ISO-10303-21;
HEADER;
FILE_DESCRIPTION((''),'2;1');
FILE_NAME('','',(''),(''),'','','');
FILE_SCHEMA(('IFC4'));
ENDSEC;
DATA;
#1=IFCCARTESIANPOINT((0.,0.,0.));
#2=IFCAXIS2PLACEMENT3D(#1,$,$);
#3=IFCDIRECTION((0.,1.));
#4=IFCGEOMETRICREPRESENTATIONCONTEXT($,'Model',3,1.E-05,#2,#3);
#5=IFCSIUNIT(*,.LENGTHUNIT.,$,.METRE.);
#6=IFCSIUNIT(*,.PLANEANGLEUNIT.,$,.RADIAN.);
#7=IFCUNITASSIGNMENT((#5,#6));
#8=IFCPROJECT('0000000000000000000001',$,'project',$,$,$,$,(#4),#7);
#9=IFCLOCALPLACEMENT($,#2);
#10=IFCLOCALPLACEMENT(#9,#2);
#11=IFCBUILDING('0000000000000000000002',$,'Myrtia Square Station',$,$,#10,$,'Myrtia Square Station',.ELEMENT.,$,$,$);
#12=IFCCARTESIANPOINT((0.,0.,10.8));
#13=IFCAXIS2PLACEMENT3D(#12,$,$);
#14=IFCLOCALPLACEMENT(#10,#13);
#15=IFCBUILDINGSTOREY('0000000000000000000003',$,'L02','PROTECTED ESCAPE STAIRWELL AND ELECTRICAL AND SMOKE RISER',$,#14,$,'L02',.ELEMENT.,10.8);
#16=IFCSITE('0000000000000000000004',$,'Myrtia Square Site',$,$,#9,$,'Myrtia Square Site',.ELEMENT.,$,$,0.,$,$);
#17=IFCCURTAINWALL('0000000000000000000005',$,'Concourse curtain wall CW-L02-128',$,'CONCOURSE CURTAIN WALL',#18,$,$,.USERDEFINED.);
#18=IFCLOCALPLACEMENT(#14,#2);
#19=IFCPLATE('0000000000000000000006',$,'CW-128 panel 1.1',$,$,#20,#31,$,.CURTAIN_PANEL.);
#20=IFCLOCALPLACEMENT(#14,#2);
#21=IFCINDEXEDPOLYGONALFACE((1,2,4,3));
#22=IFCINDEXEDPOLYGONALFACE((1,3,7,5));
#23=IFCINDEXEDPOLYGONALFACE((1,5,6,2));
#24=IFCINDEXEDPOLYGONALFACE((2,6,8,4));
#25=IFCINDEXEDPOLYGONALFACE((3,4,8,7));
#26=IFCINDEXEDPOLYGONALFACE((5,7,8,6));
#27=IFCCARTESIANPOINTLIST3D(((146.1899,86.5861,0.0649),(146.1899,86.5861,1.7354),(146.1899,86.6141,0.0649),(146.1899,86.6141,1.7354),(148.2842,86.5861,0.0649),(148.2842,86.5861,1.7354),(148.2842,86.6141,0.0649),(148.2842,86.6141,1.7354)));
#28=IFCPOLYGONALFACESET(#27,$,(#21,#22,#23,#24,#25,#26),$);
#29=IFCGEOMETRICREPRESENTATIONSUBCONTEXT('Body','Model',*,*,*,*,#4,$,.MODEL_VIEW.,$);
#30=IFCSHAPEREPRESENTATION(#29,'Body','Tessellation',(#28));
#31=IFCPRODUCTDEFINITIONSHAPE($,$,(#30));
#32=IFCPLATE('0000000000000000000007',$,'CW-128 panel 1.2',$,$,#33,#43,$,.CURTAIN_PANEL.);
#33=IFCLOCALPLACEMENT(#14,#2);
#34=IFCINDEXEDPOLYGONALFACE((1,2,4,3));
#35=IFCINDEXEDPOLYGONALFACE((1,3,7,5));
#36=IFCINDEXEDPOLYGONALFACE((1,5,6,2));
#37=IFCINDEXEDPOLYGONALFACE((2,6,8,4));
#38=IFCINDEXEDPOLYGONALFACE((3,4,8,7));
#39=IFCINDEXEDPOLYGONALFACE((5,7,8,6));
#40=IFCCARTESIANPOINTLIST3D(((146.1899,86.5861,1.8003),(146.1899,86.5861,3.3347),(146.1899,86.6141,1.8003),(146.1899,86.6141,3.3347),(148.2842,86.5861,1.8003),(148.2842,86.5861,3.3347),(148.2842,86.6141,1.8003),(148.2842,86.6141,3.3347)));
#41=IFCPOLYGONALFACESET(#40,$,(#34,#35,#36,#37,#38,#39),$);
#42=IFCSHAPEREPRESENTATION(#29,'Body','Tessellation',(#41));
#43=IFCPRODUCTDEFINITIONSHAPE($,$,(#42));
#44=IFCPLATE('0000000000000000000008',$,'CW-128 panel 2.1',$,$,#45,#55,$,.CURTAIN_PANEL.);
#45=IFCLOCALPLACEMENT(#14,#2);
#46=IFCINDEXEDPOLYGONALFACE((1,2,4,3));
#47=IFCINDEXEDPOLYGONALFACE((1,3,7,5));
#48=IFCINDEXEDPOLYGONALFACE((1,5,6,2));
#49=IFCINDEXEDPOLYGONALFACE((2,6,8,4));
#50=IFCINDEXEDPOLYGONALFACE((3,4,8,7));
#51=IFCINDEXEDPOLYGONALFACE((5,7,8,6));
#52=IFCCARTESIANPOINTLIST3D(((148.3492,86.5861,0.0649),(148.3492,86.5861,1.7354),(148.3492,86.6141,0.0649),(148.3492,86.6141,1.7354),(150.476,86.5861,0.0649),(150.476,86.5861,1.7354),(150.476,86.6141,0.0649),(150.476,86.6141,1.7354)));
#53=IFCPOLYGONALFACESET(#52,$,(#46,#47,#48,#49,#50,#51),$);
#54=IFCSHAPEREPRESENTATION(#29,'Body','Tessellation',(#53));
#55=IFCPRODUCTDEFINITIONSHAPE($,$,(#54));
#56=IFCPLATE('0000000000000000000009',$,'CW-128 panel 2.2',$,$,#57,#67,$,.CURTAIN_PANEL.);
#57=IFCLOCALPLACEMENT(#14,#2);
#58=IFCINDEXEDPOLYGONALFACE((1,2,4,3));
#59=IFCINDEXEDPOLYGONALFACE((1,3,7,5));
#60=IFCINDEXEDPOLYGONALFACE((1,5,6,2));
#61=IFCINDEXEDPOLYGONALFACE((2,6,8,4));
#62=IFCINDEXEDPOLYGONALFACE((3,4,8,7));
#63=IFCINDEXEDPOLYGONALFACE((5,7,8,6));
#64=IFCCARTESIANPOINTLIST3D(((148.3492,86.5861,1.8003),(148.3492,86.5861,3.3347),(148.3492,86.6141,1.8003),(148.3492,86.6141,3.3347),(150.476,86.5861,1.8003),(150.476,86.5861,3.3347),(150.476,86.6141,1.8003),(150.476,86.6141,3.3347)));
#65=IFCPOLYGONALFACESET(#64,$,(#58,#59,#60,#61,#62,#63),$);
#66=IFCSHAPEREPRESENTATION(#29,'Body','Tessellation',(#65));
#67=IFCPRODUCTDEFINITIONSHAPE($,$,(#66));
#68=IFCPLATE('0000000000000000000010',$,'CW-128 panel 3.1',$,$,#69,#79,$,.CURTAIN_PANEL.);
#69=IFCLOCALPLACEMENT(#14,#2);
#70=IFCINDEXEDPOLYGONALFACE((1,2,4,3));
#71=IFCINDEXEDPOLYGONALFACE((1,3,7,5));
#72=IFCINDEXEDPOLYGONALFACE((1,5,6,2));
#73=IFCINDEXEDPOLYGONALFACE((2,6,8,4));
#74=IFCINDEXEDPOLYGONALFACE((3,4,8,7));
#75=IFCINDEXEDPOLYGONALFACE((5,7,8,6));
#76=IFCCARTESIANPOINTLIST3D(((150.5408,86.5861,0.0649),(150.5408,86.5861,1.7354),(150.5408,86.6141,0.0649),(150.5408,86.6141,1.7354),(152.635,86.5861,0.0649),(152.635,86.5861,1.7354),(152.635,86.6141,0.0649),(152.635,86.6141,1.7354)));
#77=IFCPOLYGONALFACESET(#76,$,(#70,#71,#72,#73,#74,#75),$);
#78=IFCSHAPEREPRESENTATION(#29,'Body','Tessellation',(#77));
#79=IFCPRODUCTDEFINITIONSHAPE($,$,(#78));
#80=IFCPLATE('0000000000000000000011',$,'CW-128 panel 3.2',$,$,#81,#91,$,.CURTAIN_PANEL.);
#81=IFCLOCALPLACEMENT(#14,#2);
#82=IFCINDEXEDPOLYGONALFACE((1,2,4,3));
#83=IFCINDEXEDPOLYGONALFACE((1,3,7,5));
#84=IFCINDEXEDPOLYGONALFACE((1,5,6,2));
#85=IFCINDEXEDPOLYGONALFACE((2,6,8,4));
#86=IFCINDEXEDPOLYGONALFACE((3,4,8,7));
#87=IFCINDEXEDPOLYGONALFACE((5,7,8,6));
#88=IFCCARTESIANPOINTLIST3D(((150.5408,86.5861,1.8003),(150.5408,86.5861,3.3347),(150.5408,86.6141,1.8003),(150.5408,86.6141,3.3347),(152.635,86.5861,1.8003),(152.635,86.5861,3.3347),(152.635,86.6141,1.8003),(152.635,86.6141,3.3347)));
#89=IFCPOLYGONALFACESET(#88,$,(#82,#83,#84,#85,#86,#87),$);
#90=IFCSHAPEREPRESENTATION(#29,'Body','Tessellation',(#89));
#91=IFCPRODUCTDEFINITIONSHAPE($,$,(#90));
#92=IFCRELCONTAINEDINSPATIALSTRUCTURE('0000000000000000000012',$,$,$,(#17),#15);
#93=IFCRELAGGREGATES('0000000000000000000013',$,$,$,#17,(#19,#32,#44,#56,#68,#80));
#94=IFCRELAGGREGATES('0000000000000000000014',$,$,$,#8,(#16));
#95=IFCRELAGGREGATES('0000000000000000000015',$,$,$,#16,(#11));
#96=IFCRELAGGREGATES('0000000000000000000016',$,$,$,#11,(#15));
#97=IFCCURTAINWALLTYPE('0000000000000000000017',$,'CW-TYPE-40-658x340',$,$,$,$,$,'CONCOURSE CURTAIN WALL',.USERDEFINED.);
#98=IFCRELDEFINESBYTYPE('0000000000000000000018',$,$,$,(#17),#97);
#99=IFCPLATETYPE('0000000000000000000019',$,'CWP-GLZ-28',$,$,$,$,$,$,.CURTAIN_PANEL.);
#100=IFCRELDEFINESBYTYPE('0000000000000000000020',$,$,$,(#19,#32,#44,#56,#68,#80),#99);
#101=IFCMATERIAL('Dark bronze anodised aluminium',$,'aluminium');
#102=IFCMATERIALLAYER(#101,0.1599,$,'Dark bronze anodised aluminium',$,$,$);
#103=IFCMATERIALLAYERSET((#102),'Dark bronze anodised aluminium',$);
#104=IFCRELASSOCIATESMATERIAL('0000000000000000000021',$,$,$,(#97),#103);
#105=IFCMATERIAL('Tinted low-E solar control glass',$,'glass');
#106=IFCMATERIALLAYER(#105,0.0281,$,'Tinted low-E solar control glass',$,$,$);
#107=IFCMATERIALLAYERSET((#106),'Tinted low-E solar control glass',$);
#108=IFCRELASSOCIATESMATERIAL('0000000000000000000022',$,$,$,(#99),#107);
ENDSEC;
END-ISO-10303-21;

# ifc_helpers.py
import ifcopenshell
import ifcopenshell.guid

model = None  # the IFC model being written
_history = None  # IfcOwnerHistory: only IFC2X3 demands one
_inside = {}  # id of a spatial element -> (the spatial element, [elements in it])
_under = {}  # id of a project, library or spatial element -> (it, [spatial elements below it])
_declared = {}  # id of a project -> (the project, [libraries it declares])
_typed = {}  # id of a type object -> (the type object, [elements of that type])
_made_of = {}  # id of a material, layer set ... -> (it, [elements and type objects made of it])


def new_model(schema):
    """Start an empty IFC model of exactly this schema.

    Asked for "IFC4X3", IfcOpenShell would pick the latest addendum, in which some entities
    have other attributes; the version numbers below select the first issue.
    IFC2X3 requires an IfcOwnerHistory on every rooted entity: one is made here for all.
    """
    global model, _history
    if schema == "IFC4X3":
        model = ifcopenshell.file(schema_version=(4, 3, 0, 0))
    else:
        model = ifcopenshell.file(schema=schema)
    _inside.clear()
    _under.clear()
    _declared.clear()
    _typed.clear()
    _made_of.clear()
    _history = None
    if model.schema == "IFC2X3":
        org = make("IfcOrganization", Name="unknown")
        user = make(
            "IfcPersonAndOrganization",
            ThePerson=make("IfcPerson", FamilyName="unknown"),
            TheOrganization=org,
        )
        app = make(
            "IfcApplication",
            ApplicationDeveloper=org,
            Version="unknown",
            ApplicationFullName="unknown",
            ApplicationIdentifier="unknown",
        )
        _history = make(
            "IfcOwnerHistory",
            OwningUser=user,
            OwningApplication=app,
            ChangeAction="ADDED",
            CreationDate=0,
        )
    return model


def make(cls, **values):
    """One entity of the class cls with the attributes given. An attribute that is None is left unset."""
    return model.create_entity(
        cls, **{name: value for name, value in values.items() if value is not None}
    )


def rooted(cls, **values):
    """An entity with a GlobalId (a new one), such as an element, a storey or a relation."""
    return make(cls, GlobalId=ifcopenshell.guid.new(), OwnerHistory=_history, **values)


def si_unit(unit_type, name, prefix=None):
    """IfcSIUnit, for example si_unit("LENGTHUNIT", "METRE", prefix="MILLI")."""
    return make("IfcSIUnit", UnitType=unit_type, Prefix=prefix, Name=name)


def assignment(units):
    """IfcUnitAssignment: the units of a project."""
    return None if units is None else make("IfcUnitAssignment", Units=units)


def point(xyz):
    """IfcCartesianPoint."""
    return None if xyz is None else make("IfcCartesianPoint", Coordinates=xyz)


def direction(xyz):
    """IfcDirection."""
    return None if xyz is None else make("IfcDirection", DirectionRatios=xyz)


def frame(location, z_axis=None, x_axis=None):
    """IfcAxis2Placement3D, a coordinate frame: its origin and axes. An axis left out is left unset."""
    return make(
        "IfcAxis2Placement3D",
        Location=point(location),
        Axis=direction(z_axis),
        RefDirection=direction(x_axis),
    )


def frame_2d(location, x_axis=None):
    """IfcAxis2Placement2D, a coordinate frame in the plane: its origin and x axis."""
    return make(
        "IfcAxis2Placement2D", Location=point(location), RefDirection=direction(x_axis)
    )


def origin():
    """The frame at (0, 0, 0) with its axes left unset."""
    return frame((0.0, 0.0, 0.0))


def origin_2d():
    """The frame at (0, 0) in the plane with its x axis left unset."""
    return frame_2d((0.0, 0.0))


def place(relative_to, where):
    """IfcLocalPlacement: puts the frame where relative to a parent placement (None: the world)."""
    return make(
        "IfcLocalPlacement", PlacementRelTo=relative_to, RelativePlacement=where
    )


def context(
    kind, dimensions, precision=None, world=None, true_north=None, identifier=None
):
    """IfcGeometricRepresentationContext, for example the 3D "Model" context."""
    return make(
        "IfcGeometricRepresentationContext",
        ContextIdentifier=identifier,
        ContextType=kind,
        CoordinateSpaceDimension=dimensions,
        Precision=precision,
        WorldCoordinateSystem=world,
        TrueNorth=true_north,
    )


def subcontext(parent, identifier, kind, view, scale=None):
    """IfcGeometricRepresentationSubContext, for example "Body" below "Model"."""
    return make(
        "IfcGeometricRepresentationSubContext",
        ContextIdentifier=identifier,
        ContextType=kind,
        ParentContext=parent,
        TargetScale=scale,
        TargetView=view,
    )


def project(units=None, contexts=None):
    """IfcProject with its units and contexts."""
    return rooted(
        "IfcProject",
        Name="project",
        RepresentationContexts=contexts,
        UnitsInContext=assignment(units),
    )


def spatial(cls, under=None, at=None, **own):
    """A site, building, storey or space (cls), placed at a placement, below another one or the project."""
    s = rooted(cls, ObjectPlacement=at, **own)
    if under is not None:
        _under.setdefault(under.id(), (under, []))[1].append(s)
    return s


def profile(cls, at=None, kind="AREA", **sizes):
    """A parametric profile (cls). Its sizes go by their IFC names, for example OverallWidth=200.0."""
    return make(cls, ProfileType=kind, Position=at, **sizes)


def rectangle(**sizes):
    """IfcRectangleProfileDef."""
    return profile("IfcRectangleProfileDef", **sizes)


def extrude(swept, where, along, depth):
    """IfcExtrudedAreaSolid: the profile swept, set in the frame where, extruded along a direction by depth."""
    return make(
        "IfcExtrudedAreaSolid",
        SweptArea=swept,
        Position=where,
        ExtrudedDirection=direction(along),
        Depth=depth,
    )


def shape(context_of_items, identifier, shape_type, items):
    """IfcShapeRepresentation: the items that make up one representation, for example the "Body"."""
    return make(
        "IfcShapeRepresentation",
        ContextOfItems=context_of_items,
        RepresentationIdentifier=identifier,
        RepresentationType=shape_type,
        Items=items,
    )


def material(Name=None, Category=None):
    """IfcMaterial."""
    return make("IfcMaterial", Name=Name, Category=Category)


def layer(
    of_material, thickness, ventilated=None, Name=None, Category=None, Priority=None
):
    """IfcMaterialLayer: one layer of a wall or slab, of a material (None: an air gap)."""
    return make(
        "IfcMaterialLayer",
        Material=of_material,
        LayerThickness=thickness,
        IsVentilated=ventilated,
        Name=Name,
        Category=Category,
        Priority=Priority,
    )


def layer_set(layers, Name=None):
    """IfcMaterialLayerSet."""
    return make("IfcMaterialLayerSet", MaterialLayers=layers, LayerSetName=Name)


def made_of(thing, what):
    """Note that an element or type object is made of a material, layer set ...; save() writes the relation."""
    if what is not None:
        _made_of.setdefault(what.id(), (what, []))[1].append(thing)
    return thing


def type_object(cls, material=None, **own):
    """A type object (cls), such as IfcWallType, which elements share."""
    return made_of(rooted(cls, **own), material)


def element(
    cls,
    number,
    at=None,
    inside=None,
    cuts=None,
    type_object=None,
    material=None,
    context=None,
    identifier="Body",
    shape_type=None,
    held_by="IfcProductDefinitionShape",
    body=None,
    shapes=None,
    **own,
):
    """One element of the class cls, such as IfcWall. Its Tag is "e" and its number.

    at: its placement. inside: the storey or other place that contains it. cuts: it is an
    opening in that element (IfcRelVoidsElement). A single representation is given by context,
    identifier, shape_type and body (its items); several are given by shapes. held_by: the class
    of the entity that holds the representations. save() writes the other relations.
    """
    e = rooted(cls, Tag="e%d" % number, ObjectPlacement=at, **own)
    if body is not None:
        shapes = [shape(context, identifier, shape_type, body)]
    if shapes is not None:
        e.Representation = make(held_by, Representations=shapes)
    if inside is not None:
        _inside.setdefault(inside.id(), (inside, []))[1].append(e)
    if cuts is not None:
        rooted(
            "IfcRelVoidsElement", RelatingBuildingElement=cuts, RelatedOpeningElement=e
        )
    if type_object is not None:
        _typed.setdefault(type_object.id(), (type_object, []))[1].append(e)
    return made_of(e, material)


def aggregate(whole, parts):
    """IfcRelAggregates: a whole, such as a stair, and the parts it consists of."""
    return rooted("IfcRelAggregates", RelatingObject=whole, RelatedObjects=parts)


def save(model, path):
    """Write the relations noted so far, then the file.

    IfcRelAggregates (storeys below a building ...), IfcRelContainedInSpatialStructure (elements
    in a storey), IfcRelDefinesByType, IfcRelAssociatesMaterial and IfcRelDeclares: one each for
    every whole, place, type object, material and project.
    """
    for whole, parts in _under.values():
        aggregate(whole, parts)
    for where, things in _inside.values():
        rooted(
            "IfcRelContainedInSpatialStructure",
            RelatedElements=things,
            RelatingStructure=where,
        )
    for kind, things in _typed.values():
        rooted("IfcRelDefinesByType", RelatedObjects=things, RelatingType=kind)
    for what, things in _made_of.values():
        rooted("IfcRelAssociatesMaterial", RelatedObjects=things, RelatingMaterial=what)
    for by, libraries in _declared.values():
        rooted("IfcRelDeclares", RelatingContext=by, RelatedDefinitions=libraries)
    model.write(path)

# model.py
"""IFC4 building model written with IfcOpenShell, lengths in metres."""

from ifc_helpers import new_model, si_unit, direction, frame, origin, origin_2d, place, context, subcontext, project, spatial, rectangle, extrude, material, layer, layer_set, type_object, element, aggregate, save


model = new_model("IFC4")

# Units and contexts
model_context = context("Model", 3, precision=1e-05, world=origin(), true_north=direction((0.0, 1.0)))
body_context = subcontext(model_context, "Body", "Model", "MODEL_VIEW")
ifc_project = project(units=[si_unit("LENGTHUNIT", "METRE"), si_unit("PLANEANGLEUNIT", "RADIAN")], contexts=[model_context])

# Site, building, storey
site_placement = place(None, origin())
site = spatial("IfcSite", under=ifc_project, at=site_placement, Name="Myrtia Square Site", LongName="Myrtia Square Site", CompositionType="ELEMENT", RefElevation=0.0)
building_placement = place(site_placement, origin())
building = spatial("IfcBuilding", under=site, at=building_placement, Name="Myrtia Square Station", LongName="Myrtia Square Station", CompositionType="ELEMENT")
storey_placement = place(building_placement, frame((0.0, 0.0, 10.8)))
storey = spatial("IfcBuildingStorey", under=building, at=storey_placement, Name="L02", Description="PROTECTED ESCAPE STAIRWELL AND ELECTRICAL AND SMOKE RISER", LongName="L02", CompositionType="ELEMENT", Elevation=10.8)

# Curtain wall
ifc_material_1 = material(Name="Dark bronze anodised aluminium", Category="aluminium")
ifc_layer_1 = layer(ifc_material_1, 0.1599, Name="Dark bronze anodised aluminium")
ifc_layer_set_1 = layer_set([ifc_layer_1], Name="Dark bronze anodised aluminium")
curtain_wall_type = type_object("IfcCurtainWallType", Name="CW-TYPE-40-658x340", ElementType="CONCOURSE CURTAIN WALL", PredefinedType="USERDEFINED", material=ifc_layer_set_1)
curtain_wall_1_placement = place(storey_placement, origin())
curtain_wall_1 = element("IfcCurtainWall", 1, at=curtain_wall_1_placement, inside=storey, type_object=curtain_wall_type, Name="Concourse curtain wall CW-L02-128", ObjectType="CONCOURSE CURTAIN WALL", PredefinedType="USERDEFINED")

# Plates
ifc_material_2 = material(Name="Tinted low-E solar control glass", Category="glass")
ifc_layer_2 = layer(ifc_material_2, 0.0281, Name="Tinted low-E solar control glass")
ifc_layer_set_2 = layer_set([ifc_layer_2], Name="Tinted low-E solar control glass")
plate_type = type_object("IfcPlateType", Name="CWP-GLZ-28", PredefinedType="CURTAIN_PANEL", material=ifc_layer_set_2)
plate_1_placement = place(storey_placement, frame((147.2371, 86.6001, 0.0649), z_axis=(0.0, 0.0, 1.0), x_axis=(1.0, 0.0, 0.0)))
plate_1 = element("IfcPlate", 2, at=plate_1_placement, type_object=plate_type, Name="CW-128 panel 1.1", PredefinedType="CURTAIN_PANEL", context=body_context, shape_type="SweptSolid", body=[
    extrude(rectangle(XDim=2.0942, YDim=0.0281, at=origin_2d()), origin(), (0.0, 0.0, 1.0), 1.6704),
])
plate_2_placement = place(storey_placement, frame((147.2371, 86.6001, 1.8003), z_axis=(0.0, 0.0, 1.0), x_axis=(1.0, 0.0, 0.0)))
plate_2 = element("IfcPlate", 3, at=plate_2_placement, type_object=plate_type, Name="CW-128 panel 1.2", PredefinedType="CURTAIN_PANEL", context=body_context, shape_type="SweptSolid", body=[
    extrude(rectangle(XDim=2.0942, YDim=0.0281, at=origin_2d()), origin(), (0.0, 0.0, 1.0), 1.5344),
])
plate_3_placement = place(storey_placement, frame((149.4126, 86.6001, 0.0649), z_axis=(0.0, 0.0, 1.0), x_axis=(1.0, 0.0, 0.0)))
plate_3 = element("IfcPlate", 4, at=plate_3_placement, type_object=plate_type, Name="CW-128 panel 2.1", PredefinedType="CURTAIN_PANEL", context=body_context, shape_type="SweptSolid", body=[
    extrude(rectangle(XDim=2.1267, YDim=0.0281, at=origin_2d()), origin(), (0.0, 0.0, 1.0), 1.6704),
])
plate_4_placement = place(storey_placement, frame((149.4126, 86.6001, 1.8003), z_axis=(0.0, 0.0, 1.0), x_axis=(1.0, 0.0, 0.0)))
plate_4 = element("IfcPlate", 5, at=plate_4_placement, type_object=plate_type, Name="CW-128 panel 2.2", PredefinedType="CURTAIN_PANEL", context=body_context, shape_type="SweptSolid", body=[
    extrude(rectangle(XDim=2.1267, YDim=0.0281, at=origin_2d()), origin(), (0.0, 0.0, 1.0), 1.5344),
])
plate_5_placement = place(storey_placement, frame((151.5879, 86.6001, 0.0649), z_axis=(0.0, 0.0, 1.0), x_axis=(1.0, 0.0, 0.0)))
plate_5 = element("IfcPlate", 6, at=plate_5_placement, type_object=plate_type, Name="CW-128 panel 3.1", PredefinedType="CURTAIN_PANEL", context=body_context, shape_type="SweptSolid", body=[
    extrude(rectangle(XDim=2.0942, YDim=0.0281, at=origin_2d()), origin(), (0.0, 0.0, 1.0), 1.6704),
])
plate_6_placement = place(storey_placement, frame((151.5879, 86.6001, 1.8003), z_axis=(0.0, 0.0, 1.0), x_axis=(1.0, 0.0, 0.0)))
plate_6 = element("IfcPlate", 7, at=plate_6_placement, type_object=plate_type, Name="CW-128 panel 3.2", PredefinedType="CURTAIN_PANEL", context=body_context, shape_type="SweptSolid", body=[
    extrude(rectangle(XDim=2.0942, YDim=0.0281, at=origin_2d()), origin(), (0.0, 0.0, 1.0), 1.5344),
])
aggregate(curtain_wall_1, [plate_1, plate_2, plate_3, plate_4, plate_5, plate_6])

save(model, "model.ifc")
